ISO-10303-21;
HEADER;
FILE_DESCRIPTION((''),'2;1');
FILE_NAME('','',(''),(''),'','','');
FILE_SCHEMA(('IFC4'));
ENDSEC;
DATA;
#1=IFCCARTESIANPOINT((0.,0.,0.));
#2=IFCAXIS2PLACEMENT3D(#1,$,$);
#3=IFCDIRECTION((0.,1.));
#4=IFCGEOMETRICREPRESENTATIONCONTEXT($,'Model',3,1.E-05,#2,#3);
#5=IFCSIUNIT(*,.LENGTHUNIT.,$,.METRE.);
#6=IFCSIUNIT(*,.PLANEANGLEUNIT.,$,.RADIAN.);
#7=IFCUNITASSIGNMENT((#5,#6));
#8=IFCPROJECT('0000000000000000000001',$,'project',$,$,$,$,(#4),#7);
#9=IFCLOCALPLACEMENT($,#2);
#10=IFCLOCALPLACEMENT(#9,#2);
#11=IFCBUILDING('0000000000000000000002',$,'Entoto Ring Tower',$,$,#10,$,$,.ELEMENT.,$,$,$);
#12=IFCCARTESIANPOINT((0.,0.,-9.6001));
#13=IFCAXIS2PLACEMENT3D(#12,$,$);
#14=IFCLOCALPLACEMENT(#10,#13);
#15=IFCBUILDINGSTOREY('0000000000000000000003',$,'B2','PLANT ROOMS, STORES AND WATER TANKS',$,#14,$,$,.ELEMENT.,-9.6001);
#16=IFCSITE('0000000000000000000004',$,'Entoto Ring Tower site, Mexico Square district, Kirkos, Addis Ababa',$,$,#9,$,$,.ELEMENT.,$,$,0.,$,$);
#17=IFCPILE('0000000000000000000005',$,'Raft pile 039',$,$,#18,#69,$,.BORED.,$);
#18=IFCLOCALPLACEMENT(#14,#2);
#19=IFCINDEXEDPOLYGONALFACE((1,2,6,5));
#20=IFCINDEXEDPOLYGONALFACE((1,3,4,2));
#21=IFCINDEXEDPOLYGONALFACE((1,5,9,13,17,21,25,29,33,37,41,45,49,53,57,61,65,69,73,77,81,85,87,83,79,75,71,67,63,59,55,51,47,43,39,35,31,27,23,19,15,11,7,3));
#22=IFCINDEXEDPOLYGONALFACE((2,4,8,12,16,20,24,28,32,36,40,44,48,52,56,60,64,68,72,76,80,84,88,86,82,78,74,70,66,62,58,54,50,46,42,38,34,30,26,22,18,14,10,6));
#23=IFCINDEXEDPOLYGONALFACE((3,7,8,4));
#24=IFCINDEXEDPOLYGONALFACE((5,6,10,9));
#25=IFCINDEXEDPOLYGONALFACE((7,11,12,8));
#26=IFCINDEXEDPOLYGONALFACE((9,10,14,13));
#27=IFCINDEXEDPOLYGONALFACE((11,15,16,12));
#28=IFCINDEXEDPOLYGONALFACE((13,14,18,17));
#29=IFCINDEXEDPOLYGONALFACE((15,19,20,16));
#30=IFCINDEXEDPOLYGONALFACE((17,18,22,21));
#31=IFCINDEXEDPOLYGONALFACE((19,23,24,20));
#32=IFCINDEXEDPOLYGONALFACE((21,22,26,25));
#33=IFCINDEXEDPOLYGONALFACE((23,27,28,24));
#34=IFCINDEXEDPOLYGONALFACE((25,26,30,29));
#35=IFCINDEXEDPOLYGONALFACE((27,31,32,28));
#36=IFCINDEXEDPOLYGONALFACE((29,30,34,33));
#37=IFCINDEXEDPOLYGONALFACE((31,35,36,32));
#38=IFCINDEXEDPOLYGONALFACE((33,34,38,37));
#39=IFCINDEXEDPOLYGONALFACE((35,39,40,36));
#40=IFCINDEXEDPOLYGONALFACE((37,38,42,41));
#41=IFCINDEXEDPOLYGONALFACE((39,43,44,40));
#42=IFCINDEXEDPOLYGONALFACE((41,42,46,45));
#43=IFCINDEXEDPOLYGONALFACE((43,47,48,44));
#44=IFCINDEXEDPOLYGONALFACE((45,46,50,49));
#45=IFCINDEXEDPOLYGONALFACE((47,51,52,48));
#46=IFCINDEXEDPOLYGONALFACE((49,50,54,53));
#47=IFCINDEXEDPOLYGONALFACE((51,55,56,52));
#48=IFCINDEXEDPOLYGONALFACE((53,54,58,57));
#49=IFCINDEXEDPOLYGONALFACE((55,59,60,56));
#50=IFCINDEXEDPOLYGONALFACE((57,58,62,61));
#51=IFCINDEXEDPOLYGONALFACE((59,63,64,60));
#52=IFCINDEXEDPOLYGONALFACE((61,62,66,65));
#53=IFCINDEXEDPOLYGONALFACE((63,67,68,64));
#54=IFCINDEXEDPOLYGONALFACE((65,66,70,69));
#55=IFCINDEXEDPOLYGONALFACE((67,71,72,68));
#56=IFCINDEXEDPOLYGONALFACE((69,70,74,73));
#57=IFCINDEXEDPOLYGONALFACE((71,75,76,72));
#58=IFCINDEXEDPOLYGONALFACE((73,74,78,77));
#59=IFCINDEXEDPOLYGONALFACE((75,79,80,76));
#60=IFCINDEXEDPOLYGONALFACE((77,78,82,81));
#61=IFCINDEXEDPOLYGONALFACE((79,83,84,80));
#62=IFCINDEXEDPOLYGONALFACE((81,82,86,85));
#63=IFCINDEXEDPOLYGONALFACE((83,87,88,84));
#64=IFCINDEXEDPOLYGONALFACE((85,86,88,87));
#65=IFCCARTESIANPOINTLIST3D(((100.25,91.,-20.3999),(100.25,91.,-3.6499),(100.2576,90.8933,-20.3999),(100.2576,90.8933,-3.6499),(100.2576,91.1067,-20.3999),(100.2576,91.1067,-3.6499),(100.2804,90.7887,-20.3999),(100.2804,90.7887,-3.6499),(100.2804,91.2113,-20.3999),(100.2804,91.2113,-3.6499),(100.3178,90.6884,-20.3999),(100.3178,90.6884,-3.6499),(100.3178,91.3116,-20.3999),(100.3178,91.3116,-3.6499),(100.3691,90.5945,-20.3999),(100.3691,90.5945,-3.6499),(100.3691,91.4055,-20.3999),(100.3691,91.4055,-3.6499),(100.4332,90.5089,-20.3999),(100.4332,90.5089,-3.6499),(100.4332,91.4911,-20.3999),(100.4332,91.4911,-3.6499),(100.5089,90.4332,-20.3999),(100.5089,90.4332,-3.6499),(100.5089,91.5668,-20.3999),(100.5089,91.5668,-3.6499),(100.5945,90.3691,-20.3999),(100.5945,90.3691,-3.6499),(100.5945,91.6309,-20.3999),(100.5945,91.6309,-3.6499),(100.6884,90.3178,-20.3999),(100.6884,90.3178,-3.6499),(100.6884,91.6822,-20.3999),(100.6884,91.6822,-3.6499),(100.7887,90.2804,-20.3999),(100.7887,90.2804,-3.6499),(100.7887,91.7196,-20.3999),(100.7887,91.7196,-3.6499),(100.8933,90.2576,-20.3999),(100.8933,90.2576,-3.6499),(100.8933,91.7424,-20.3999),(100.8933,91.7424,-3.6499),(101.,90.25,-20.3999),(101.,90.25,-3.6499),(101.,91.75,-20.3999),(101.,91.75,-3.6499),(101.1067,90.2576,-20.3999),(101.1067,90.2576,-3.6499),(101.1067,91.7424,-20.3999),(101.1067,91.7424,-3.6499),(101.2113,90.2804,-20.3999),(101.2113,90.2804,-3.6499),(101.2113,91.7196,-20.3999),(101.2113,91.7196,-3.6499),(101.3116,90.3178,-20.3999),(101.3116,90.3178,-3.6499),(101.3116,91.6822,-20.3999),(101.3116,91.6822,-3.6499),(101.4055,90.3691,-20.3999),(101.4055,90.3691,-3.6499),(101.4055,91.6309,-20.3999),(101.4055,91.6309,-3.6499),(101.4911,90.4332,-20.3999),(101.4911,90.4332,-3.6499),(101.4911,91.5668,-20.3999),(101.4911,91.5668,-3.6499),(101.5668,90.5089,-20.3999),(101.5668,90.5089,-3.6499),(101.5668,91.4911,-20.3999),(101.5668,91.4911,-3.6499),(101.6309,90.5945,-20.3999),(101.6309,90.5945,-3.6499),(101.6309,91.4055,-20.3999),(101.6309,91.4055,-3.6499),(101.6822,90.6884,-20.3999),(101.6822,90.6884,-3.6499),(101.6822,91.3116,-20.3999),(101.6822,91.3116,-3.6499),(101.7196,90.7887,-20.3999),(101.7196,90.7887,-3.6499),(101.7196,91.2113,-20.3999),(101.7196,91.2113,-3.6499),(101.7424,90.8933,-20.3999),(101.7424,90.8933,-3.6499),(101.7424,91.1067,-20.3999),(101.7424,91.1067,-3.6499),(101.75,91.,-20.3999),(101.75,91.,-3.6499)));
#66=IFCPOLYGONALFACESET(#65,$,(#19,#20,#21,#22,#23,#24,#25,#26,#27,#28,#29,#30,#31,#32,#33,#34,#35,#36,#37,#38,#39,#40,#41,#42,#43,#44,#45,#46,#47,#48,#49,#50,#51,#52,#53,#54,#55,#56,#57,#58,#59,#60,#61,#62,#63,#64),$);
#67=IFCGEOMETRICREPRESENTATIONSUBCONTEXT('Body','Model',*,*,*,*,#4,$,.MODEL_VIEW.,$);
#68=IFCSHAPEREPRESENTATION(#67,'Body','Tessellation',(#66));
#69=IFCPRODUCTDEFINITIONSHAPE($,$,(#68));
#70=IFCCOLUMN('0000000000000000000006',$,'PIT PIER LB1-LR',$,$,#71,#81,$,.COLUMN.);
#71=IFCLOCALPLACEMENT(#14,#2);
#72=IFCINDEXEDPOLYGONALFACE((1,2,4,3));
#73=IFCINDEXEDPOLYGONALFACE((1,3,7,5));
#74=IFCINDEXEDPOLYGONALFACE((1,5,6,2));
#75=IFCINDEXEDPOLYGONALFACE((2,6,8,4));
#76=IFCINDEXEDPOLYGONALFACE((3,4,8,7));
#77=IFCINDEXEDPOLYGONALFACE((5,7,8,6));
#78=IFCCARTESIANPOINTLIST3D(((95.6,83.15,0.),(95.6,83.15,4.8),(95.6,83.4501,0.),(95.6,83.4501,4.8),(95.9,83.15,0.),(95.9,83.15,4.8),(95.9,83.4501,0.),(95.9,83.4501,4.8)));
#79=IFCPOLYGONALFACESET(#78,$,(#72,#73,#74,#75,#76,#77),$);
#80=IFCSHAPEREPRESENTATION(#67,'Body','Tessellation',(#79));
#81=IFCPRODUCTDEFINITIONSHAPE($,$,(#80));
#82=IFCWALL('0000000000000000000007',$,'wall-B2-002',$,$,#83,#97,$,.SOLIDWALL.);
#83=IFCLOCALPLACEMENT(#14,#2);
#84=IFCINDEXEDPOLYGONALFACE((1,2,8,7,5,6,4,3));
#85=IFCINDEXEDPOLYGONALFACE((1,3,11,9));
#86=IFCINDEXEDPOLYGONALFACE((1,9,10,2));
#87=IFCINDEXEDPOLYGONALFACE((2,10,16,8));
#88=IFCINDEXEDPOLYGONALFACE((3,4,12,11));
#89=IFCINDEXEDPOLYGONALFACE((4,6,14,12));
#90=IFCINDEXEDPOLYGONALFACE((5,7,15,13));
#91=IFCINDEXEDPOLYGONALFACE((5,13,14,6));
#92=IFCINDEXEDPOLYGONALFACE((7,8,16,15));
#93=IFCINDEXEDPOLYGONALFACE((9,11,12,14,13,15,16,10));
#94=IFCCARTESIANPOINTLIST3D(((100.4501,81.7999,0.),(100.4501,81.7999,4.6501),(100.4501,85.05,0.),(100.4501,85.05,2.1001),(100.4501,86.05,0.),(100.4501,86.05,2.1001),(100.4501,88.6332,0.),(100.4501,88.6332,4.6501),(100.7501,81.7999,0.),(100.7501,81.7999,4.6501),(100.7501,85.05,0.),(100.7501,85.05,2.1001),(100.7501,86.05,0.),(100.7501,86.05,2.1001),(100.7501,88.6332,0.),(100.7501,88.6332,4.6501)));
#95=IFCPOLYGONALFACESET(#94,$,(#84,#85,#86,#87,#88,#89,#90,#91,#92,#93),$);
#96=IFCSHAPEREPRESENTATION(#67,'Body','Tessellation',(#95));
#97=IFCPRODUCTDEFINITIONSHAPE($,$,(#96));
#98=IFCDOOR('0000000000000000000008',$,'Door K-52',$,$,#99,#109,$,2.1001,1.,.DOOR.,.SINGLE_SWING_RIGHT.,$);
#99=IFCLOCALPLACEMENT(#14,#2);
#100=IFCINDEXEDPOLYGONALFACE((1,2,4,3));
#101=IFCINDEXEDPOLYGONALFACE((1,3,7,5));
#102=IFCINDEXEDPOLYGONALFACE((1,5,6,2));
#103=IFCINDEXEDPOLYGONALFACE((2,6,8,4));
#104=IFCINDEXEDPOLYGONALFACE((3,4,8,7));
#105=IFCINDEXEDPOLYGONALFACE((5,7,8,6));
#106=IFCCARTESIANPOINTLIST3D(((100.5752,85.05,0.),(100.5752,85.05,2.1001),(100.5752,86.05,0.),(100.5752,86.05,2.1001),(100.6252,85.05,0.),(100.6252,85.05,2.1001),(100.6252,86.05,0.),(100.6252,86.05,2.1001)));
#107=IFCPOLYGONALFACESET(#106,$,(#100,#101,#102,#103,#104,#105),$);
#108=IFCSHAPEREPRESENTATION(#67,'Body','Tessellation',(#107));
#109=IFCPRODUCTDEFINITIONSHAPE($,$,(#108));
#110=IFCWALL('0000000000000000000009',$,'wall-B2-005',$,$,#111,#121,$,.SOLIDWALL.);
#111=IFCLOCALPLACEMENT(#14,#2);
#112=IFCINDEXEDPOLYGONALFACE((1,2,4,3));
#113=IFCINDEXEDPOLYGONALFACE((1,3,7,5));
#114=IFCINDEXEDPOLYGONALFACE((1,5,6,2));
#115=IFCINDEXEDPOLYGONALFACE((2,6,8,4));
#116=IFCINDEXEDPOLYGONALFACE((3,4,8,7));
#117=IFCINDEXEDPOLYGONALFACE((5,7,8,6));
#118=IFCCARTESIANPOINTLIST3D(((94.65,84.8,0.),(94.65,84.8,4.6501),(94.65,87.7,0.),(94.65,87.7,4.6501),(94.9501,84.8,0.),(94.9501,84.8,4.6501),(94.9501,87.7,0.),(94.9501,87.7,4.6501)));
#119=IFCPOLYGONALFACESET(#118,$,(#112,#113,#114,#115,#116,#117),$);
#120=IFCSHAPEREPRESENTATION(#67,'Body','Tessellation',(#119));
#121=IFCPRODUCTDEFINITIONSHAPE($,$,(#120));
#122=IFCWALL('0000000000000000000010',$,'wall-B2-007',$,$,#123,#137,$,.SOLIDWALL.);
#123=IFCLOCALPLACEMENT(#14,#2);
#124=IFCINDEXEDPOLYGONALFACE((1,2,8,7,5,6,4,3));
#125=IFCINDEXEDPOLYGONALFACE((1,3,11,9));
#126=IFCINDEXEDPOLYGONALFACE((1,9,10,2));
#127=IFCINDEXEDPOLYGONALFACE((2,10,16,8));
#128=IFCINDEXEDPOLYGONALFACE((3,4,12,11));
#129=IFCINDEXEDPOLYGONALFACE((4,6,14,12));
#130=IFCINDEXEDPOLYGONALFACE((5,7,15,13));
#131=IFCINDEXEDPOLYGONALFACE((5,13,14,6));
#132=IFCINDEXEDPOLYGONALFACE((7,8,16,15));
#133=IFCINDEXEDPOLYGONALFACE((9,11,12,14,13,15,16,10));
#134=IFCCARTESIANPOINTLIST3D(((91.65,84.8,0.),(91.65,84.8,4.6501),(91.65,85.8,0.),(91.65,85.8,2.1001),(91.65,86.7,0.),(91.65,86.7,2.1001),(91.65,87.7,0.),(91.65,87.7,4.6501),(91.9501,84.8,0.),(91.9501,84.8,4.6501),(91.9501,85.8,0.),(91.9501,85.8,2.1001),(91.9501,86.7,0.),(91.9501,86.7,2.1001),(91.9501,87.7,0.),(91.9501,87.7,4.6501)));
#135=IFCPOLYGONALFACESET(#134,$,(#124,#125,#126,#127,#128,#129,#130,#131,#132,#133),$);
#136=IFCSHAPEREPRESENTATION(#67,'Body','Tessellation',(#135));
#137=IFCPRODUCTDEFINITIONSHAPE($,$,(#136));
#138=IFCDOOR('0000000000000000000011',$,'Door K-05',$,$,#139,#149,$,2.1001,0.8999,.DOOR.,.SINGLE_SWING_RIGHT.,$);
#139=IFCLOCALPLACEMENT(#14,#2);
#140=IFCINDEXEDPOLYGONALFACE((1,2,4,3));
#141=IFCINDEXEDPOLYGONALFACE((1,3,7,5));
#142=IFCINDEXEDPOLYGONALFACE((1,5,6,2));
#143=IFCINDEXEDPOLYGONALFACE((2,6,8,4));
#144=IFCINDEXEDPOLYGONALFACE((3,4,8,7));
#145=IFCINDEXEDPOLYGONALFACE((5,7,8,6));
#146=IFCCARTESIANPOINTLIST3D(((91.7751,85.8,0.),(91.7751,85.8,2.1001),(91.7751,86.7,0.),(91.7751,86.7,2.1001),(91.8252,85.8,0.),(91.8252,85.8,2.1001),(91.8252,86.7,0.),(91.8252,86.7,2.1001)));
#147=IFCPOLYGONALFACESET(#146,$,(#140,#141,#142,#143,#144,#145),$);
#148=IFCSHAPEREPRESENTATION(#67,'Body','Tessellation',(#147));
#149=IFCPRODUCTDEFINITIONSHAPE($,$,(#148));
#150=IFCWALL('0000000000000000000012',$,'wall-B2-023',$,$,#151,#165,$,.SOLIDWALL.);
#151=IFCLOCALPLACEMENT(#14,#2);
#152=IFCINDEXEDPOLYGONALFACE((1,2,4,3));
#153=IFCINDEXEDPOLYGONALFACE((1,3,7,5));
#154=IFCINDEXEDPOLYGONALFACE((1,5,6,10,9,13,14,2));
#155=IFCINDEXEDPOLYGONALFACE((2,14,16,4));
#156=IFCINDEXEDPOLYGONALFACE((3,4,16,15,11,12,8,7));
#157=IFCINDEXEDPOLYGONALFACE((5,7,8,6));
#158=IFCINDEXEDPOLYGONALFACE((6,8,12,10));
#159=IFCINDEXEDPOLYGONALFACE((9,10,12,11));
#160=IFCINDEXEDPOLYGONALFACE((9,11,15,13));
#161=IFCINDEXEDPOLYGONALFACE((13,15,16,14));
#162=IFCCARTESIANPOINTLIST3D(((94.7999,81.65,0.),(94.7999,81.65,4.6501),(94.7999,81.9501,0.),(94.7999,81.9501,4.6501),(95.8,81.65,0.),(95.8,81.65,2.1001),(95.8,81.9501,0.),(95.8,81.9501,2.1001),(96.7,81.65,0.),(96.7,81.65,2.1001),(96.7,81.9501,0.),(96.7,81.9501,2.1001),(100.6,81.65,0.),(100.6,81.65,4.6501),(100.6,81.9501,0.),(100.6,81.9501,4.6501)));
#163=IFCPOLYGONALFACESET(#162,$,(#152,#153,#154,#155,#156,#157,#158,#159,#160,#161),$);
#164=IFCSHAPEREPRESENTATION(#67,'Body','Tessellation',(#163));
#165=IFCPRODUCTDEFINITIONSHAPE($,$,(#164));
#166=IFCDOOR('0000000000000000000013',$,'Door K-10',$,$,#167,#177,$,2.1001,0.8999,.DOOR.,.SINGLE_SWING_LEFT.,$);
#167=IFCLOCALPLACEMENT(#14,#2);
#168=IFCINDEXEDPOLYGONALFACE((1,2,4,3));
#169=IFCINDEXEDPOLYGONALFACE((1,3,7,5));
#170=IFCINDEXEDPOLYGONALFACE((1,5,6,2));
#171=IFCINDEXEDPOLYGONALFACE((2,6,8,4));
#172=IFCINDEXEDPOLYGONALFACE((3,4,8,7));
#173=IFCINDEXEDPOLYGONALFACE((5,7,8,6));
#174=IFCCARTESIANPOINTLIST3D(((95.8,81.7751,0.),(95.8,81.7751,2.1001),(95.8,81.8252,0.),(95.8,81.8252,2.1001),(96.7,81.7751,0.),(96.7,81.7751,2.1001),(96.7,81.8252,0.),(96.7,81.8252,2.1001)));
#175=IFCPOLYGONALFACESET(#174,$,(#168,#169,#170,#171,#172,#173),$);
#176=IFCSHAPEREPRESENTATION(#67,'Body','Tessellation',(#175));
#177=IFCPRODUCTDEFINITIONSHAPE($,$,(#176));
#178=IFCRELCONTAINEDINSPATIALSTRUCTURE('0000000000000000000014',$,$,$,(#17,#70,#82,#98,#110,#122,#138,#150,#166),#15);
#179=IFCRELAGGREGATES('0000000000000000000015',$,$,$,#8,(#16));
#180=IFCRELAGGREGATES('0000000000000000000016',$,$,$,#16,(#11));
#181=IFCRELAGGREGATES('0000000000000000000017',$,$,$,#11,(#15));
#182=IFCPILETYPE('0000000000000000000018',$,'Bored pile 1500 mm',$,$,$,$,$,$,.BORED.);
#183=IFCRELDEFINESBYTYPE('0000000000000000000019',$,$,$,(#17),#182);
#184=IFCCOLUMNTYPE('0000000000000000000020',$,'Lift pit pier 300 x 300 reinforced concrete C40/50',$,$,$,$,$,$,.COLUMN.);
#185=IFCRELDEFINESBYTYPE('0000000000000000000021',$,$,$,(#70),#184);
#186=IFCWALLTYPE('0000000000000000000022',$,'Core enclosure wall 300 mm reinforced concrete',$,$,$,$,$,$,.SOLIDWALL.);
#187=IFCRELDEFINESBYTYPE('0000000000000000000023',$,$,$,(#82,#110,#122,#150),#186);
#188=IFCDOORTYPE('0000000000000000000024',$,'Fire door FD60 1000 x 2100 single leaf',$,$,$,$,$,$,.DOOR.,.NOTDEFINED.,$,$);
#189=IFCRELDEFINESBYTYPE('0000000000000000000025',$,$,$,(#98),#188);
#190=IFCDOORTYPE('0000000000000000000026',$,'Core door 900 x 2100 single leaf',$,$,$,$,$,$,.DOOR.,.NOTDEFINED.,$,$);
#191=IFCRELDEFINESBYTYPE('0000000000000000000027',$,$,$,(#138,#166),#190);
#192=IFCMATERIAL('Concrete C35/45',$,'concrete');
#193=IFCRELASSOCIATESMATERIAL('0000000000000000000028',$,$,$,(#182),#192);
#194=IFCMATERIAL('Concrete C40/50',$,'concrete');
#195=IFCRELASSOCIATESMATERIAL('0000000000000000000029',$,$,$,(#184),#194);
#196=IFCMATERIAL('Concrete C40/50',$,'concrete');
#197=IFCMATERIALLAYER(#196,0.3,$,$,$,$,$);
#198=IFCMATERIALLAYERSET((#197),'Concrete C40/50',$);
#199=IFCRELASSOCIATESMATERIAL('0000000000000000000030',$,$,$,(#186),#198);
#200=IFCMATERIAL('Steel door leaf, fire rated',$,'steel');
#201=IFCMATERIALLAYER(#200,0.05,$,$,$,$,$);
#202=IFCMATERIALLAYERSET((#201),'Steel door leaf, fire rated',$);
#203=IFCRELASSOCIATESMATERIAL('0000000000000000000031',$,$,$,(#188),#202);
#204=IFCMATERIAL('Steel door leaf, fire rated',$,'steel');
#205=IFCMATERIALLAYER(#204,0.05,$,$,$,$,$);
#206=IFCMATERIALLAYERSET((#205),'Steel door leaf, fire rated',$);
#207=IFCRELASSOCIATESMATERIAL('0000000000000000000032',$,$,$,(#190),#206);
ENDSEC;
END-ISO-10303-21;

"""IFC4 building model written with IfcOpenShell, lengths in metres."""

from ifc_helpers import new_model, si_unit, direction, frame, frame_2d, origin, origin_2d, place, context, subcontext, project, spatial, rectangle, circle, extrude, material, layer, layer_set, material_profile, profile_set, type_object, element, fill, save


model = new_model("IFC4")

# Units and contexts
model_context = context("Model", 3, precision=1e-05, world=origin(), true_north=direction((0.0, 1.0)))
body_context = subcontext(model_context, "Body", "Model", "MODEL_VIEW")
ifc_project = project(units=[si_unit("LENGTHUNIT", "METRE"), si_unit("PLANEANGLEUNIT", "RADIAN")], contexts=[model_context])

# Site, building, storey
site_placement = place(None, origin())
site = spatial("IfcSite", under=ifc_project, at=site_placement, Name="Entoto Ring Tower site, Mexico Square district, Kirkos, Addis Ababa", CompositionType="ELEMENT", RefElevation=0.0)
building_placement = place(site_placement, origin())
building = spatial("IfcBuilding", under=site, at=building_placement, Name="Entoto Ring Tower", CompositionType="ELEMENT")
storey_placement = place(building_placement, frame((0.0, 0.0, -9.6001)))
storey = spatial("IfcBuildingStorey", under=building, at=storey_placement, Name="B2", Description="PLANT ROOMS, STORES AND WATER TANKS", CompositionType="ELEMENT", Elevation=-9.6001)

# Pile
ifc_material_1 = material(Name="Concrete C35/45", Category="concrete")
ifc_material_profile_1 = material_profile(ifc_material_1, circle(Radius=0.75, at=origin_2d()), Name="Bored pile 1500 mm")
ifc_profile_set_1 = profile_set([ifc_material_profile_1], Name="Concrete C35/45")
pile_type = type_object("IfcPileType", Name="Bored pile 1500 mm", PredefinedType="BORED", material=ifc_profile_set_1)
for number, where, z_axis, x_axis, name in (
    (1, (101.0, 91.0, -3.6499), (0.0, 0.0, -1.0), (1.0, 0.0, 0.0), "Raft pile 039"),
):
    element("IfcPile", number, at=place(storey_placement, frame(where, z_axis=z_axis, x_axis=x_axis)), inside=storey, type_object=pile_type, Name=name, PredefinedType="BORED", context=body_context, shape_type="SweptSolid", body=[
        extrude(circle(Radius=0.75, at=origin_2d()), origin(), (0.0, 0.0, 1.0), 16.75),
    ])

# Column
ifc_material_2 = material(Name="Concrete C40/50", Category="concrete")
ifc_material_profile_2 = material_profile(ifc_material_2, rectangle(XDim=0.3, YDim=0.3, at=origin_2d()), Name="Lift pit pier 300 x 300 reinforced concrete C40/50")
ifc_profile_set_2 = profile_set([ifc_material_profile_2], Name="Concrete C40/50")
column_type = type_object("IfcColumnType", Name="Lift pit pier 300 x 300 reinforced concrete C40/50", PredefinedType="COLUMN", material=ifc_profile_set_2)
column_placement = place(storey_placement, frame((95.75, 83.3, 0.0), z_axis=(0.0, 0.0, 1.0), x_axis=(1.0, 0.0, 0.0)))
element("IfcColumn", 2, at=column_placement, inside=storey, type_object=column_type, Name="PIT PIER LB1-LR", PredefinedType="COLUMN", context=body_context, shape_type="SweptSolid", body=[
    extrude(rectangle(XDim=0.3, YDim=0.3, at=origin_2d()), origin(), (0.0, 0.0, 1.0), 4.8),
])

# Wall, opening, door
ifc_material_3 = material(Name="Concrete C40/50", Category="concrete")
ifc_layer_1 = layer(ifc_material_3, 0.3)
ifc_layer_set_1 = layer_set([ifc_layer_1], Name="Concrete C40/50")
wall_type_1 = type_object("IfcWallType", Name="Core enclosure wall 300 mm reinforced concrete", PredefinedType="SOLIDWALL", material=ifc_layer_set_1)
wall_1_placement = place(storey_placement, frame((100.6001, 81.8, 0.0), z_axis=(0.0, 0.0, 1.0), x_axis=(0.0, 1.0, 0.0)))
wall_1 = element("IfcWall", 3, at=wall_1_placement, inside=storey, type_object=wall_type_1, Name="wall-B2-002", PredefinedType="SOLIDWALL", context=body_context, shape_type="SweptSolid", body=[
    extrude(rectangle(XDim=6.8333, YDim=0.3, at=frame_2d((3.4165, 0.0))), origin(), (0.0, 0.0, 1.0), 4.6501),
])
opening_1_placement = place(wall_1_placement, frame((3.25, 0.0, 0.0)))
opening_1 = element("IfcOpeningElement", 4, at=opening_1_placement, cuts=wall_1, PredefinedType="OPENING", context=body_context, shape_type="SweptSolid", body=[
    extrude(rectangle(XDim=1.0, YDim=2.1001, at=frame_2d((0.5, 1.05))), frame((0.0, 0.1602, 0.0), z_axis=(0.0, -1.0, 0.0), x_axis=(1.0, 0.0, 0.0)), (0.0, 0.0, 1.0), 0.3201),
])
ifc_material_4 = material(Name="Steel door leaf, fire rated", Category="steel")
ifc_layer_2 = layer(ifc_material_4, 0.05)
ifc_layer_set_2 = layer_set([ifc_layer_2], Name="Steel door leaf, fire rated")
door_type_1 = type_object("IfcDoorType", Name="Fire door FD60 1000 x 2100 single leaf", OperationType="NOTDEFINED", PredefinedType="DOOR", material=ifc_layer_set_2)
door_1_placement = place(opening_1_placement, origin())
door_1 = element("IfcDoor", 5, at=door_1_placement, inside=storey, type_object=door_type_1, Name="Door K-52", OperationType="SINGLE_SWING_RIGHT", OverallHeight=2.1001, OverallWidth=1.0, PredefinedType="DOOR", context=body_context, shape_type="SweptSolid", body=[
    extrude(rectangle(XDim=1.0, YDim=2.1001, at=frame_2d((0.5, 1.05))), frame((0.0, 0.0249, 0.0), z_axis=(0.0, -1.0, 0.0), x_axis=(1.0, 0.0, 0.0)), (0.0, 0.0, 1.0), 0.05),
])
fill(opening_1, door_1)

# Wall
wall_2_placement = place(storey_placement, frame((94.8, 84.8, 0.0), z_axis=(0.0, 0.0, 1.0), x_axis=(0.0, 1.0, 0.0)))
element("IfcWall", 6, at=wall_2_placement, inside=storey, type_object=wall_type_1, Name="wall-B2-005", PredefinedType="SOLIDWALL", context=body_context, shape_type="SweptSolid", body=[
    extrude(rectangle(XDim=2.8999, YDim=0.3, at=frame_2d((1.45, 0.0))), origin(), (0.0, 0.0, 1.0), 4.6501),
])

# Walls, openings, doors
wall_3_placement = place(storey_placement, frame((91.8, 84.8, 0.0), z_axis=(0.0, 0.0, 1.0), x_axis=(0.0, 1.0, 0.0)))
wall_3 = element("IfcWall", 7, at=wall_3_placement, inside=storey, type_object=wall_type_1, Name="wall-B2-007", PredefinedType="SOLIDWALL", context=body_context, shape_type="SweptSolid", body=[
    extrude(rectangle(XDim=2.8999, YDim=0.3, at=frame_2d((1.45, 0.0))), origin(), (0.0, 0.0, 1.0), 4.6501),
])
opening_2_placement = place(wall_3_placement, frame((1.0, 0.0, 0.0)))
opening_2 = element("IfcOpeningElement", 8, at=opening_2_placement, cuts=wall_3, PredefinedType="OPENING", context=body_context, shape_type="SweptSolid", body=[
    extrude(rectangle(XDim=0.8999, YDim=2.1001, at=frame_2d((0.45, 1.05))), frame((0.0, 0.1602, 0.0), z_axis=(0.0, -1.0, 0.0), x_axis=(1.0, 0.0, 0.0)), (0.0, 0.0, 1.0), 0.3201),
])
ifc_material_5 = material(Name="Steel door leaf, fire rated", Category="steel")
ifc_layer_3 = layer(ifc_material_5, 0.05)
ifc_layer_set_3 = layer_set([ifc_layer_3], Name="Steel door leaf, fire rated")
door_type_2 = type_object("IfcDoorType", Name="Core door 900 x 2100 single leaf", OperationType="NOTDEFINED", PredefinedType="DOOR", material=ifc_layer_set_3)
door_2_placement = place(opening_2_placement, origin())
door_2 = element("IfcDoor", 9, at=door_2_placement, inside=storey, type_object=door_type_2, Name="Door K-05", OperationType="SINGLE_SWING_RIGHT", OverallHeight=2.1001, OverallWidth=0.8999, PredefinedType="DOOR", context=body_context, shape_type="SweptSolid", body=[
    extrude(rectangle(XDim=0.8999, YDim=2.1001, at=frame_2d((0.45, 1.05))), frame((0.0, 0.0249, 0.0), z_axis=(0.0, -1.0, 0.0), x_axis=(1.0, 0.0, 0.0)), (0.0, 0.0, 1.0), 0.05),
])
fill(opening_2, door_2)
wall_4_placement = place(storey_placement, frame((94.8, 81.8, 0.0), z_axis=(0.0, 0.0, 1.0), x_axis=(1.0, 0.0, 0.0)))
wall_4 = element("IfcWall", 10, at=wall_4_placement, inside=storey, type_object=wall_type_1, Name="wall-B2-023", PredefinedType="SOLIDWALL", context=body_context, shape_type="SweptSolid", body=[
    extrude(rectangle(XDim=5.8, YDim=0.3, at=frame_2d((2.8999, 0.0))), origin(), (0.0, 0.0, 1.0), 4.6501),
])
opening_3_placement = place(wall_4_placement, frame((1.0, 0.0, 0.0)))
opening_3 = element("IfcOpeningElement", 11, at=opening_3_placement, cuts=wall_4, PredefinedType="OPENING", context=body_context, shape_type="SweptSolid", body=[
    extrude(rectangle(XDim=0.8999, YDim=2.1001, at=frame_2d((0.45, 1.05))), frame((0.0, 0.1602, 0.0), z_axis=(0.0, -1.0, 0.0), x_axis=(1.0, 0.0, 0.0)), (0.0, 0.0, 1.0), 0.3201),
])
door_3_placement = place(opening_3_placement, frame((0.8999, 0.0, 0.0), z_axis=(0.0, 0.0, 1.0), x_axis=(-1.0, 0.0, 0.0)))
door_3 = element("IfcDoor", 12, at=door_3_placement, inside=storey, type_object=door_type_2, Name="Door K-10", OperationType="SINGLE_SWING_LEFT", OverallHeight=2.1001, OverallWidth=0.8999, PredefinedType="DOOR", context=body_context, shape_type="SweptSolid", body=[
    extrude(rectangle(XDim=0.8999, YDim=2.1001, at=frame_2d((0.45, 1.05))), frame((0.0, 0.0249, 0.0), z_axis=(0.0, -1.0, 0.0), x_axis=(1.0, 0.0, 0.0)), (0.0, 0.0, 1.0), 0.05),
])
fill(opening_3, door_3)

save(model, "model.ifc")
